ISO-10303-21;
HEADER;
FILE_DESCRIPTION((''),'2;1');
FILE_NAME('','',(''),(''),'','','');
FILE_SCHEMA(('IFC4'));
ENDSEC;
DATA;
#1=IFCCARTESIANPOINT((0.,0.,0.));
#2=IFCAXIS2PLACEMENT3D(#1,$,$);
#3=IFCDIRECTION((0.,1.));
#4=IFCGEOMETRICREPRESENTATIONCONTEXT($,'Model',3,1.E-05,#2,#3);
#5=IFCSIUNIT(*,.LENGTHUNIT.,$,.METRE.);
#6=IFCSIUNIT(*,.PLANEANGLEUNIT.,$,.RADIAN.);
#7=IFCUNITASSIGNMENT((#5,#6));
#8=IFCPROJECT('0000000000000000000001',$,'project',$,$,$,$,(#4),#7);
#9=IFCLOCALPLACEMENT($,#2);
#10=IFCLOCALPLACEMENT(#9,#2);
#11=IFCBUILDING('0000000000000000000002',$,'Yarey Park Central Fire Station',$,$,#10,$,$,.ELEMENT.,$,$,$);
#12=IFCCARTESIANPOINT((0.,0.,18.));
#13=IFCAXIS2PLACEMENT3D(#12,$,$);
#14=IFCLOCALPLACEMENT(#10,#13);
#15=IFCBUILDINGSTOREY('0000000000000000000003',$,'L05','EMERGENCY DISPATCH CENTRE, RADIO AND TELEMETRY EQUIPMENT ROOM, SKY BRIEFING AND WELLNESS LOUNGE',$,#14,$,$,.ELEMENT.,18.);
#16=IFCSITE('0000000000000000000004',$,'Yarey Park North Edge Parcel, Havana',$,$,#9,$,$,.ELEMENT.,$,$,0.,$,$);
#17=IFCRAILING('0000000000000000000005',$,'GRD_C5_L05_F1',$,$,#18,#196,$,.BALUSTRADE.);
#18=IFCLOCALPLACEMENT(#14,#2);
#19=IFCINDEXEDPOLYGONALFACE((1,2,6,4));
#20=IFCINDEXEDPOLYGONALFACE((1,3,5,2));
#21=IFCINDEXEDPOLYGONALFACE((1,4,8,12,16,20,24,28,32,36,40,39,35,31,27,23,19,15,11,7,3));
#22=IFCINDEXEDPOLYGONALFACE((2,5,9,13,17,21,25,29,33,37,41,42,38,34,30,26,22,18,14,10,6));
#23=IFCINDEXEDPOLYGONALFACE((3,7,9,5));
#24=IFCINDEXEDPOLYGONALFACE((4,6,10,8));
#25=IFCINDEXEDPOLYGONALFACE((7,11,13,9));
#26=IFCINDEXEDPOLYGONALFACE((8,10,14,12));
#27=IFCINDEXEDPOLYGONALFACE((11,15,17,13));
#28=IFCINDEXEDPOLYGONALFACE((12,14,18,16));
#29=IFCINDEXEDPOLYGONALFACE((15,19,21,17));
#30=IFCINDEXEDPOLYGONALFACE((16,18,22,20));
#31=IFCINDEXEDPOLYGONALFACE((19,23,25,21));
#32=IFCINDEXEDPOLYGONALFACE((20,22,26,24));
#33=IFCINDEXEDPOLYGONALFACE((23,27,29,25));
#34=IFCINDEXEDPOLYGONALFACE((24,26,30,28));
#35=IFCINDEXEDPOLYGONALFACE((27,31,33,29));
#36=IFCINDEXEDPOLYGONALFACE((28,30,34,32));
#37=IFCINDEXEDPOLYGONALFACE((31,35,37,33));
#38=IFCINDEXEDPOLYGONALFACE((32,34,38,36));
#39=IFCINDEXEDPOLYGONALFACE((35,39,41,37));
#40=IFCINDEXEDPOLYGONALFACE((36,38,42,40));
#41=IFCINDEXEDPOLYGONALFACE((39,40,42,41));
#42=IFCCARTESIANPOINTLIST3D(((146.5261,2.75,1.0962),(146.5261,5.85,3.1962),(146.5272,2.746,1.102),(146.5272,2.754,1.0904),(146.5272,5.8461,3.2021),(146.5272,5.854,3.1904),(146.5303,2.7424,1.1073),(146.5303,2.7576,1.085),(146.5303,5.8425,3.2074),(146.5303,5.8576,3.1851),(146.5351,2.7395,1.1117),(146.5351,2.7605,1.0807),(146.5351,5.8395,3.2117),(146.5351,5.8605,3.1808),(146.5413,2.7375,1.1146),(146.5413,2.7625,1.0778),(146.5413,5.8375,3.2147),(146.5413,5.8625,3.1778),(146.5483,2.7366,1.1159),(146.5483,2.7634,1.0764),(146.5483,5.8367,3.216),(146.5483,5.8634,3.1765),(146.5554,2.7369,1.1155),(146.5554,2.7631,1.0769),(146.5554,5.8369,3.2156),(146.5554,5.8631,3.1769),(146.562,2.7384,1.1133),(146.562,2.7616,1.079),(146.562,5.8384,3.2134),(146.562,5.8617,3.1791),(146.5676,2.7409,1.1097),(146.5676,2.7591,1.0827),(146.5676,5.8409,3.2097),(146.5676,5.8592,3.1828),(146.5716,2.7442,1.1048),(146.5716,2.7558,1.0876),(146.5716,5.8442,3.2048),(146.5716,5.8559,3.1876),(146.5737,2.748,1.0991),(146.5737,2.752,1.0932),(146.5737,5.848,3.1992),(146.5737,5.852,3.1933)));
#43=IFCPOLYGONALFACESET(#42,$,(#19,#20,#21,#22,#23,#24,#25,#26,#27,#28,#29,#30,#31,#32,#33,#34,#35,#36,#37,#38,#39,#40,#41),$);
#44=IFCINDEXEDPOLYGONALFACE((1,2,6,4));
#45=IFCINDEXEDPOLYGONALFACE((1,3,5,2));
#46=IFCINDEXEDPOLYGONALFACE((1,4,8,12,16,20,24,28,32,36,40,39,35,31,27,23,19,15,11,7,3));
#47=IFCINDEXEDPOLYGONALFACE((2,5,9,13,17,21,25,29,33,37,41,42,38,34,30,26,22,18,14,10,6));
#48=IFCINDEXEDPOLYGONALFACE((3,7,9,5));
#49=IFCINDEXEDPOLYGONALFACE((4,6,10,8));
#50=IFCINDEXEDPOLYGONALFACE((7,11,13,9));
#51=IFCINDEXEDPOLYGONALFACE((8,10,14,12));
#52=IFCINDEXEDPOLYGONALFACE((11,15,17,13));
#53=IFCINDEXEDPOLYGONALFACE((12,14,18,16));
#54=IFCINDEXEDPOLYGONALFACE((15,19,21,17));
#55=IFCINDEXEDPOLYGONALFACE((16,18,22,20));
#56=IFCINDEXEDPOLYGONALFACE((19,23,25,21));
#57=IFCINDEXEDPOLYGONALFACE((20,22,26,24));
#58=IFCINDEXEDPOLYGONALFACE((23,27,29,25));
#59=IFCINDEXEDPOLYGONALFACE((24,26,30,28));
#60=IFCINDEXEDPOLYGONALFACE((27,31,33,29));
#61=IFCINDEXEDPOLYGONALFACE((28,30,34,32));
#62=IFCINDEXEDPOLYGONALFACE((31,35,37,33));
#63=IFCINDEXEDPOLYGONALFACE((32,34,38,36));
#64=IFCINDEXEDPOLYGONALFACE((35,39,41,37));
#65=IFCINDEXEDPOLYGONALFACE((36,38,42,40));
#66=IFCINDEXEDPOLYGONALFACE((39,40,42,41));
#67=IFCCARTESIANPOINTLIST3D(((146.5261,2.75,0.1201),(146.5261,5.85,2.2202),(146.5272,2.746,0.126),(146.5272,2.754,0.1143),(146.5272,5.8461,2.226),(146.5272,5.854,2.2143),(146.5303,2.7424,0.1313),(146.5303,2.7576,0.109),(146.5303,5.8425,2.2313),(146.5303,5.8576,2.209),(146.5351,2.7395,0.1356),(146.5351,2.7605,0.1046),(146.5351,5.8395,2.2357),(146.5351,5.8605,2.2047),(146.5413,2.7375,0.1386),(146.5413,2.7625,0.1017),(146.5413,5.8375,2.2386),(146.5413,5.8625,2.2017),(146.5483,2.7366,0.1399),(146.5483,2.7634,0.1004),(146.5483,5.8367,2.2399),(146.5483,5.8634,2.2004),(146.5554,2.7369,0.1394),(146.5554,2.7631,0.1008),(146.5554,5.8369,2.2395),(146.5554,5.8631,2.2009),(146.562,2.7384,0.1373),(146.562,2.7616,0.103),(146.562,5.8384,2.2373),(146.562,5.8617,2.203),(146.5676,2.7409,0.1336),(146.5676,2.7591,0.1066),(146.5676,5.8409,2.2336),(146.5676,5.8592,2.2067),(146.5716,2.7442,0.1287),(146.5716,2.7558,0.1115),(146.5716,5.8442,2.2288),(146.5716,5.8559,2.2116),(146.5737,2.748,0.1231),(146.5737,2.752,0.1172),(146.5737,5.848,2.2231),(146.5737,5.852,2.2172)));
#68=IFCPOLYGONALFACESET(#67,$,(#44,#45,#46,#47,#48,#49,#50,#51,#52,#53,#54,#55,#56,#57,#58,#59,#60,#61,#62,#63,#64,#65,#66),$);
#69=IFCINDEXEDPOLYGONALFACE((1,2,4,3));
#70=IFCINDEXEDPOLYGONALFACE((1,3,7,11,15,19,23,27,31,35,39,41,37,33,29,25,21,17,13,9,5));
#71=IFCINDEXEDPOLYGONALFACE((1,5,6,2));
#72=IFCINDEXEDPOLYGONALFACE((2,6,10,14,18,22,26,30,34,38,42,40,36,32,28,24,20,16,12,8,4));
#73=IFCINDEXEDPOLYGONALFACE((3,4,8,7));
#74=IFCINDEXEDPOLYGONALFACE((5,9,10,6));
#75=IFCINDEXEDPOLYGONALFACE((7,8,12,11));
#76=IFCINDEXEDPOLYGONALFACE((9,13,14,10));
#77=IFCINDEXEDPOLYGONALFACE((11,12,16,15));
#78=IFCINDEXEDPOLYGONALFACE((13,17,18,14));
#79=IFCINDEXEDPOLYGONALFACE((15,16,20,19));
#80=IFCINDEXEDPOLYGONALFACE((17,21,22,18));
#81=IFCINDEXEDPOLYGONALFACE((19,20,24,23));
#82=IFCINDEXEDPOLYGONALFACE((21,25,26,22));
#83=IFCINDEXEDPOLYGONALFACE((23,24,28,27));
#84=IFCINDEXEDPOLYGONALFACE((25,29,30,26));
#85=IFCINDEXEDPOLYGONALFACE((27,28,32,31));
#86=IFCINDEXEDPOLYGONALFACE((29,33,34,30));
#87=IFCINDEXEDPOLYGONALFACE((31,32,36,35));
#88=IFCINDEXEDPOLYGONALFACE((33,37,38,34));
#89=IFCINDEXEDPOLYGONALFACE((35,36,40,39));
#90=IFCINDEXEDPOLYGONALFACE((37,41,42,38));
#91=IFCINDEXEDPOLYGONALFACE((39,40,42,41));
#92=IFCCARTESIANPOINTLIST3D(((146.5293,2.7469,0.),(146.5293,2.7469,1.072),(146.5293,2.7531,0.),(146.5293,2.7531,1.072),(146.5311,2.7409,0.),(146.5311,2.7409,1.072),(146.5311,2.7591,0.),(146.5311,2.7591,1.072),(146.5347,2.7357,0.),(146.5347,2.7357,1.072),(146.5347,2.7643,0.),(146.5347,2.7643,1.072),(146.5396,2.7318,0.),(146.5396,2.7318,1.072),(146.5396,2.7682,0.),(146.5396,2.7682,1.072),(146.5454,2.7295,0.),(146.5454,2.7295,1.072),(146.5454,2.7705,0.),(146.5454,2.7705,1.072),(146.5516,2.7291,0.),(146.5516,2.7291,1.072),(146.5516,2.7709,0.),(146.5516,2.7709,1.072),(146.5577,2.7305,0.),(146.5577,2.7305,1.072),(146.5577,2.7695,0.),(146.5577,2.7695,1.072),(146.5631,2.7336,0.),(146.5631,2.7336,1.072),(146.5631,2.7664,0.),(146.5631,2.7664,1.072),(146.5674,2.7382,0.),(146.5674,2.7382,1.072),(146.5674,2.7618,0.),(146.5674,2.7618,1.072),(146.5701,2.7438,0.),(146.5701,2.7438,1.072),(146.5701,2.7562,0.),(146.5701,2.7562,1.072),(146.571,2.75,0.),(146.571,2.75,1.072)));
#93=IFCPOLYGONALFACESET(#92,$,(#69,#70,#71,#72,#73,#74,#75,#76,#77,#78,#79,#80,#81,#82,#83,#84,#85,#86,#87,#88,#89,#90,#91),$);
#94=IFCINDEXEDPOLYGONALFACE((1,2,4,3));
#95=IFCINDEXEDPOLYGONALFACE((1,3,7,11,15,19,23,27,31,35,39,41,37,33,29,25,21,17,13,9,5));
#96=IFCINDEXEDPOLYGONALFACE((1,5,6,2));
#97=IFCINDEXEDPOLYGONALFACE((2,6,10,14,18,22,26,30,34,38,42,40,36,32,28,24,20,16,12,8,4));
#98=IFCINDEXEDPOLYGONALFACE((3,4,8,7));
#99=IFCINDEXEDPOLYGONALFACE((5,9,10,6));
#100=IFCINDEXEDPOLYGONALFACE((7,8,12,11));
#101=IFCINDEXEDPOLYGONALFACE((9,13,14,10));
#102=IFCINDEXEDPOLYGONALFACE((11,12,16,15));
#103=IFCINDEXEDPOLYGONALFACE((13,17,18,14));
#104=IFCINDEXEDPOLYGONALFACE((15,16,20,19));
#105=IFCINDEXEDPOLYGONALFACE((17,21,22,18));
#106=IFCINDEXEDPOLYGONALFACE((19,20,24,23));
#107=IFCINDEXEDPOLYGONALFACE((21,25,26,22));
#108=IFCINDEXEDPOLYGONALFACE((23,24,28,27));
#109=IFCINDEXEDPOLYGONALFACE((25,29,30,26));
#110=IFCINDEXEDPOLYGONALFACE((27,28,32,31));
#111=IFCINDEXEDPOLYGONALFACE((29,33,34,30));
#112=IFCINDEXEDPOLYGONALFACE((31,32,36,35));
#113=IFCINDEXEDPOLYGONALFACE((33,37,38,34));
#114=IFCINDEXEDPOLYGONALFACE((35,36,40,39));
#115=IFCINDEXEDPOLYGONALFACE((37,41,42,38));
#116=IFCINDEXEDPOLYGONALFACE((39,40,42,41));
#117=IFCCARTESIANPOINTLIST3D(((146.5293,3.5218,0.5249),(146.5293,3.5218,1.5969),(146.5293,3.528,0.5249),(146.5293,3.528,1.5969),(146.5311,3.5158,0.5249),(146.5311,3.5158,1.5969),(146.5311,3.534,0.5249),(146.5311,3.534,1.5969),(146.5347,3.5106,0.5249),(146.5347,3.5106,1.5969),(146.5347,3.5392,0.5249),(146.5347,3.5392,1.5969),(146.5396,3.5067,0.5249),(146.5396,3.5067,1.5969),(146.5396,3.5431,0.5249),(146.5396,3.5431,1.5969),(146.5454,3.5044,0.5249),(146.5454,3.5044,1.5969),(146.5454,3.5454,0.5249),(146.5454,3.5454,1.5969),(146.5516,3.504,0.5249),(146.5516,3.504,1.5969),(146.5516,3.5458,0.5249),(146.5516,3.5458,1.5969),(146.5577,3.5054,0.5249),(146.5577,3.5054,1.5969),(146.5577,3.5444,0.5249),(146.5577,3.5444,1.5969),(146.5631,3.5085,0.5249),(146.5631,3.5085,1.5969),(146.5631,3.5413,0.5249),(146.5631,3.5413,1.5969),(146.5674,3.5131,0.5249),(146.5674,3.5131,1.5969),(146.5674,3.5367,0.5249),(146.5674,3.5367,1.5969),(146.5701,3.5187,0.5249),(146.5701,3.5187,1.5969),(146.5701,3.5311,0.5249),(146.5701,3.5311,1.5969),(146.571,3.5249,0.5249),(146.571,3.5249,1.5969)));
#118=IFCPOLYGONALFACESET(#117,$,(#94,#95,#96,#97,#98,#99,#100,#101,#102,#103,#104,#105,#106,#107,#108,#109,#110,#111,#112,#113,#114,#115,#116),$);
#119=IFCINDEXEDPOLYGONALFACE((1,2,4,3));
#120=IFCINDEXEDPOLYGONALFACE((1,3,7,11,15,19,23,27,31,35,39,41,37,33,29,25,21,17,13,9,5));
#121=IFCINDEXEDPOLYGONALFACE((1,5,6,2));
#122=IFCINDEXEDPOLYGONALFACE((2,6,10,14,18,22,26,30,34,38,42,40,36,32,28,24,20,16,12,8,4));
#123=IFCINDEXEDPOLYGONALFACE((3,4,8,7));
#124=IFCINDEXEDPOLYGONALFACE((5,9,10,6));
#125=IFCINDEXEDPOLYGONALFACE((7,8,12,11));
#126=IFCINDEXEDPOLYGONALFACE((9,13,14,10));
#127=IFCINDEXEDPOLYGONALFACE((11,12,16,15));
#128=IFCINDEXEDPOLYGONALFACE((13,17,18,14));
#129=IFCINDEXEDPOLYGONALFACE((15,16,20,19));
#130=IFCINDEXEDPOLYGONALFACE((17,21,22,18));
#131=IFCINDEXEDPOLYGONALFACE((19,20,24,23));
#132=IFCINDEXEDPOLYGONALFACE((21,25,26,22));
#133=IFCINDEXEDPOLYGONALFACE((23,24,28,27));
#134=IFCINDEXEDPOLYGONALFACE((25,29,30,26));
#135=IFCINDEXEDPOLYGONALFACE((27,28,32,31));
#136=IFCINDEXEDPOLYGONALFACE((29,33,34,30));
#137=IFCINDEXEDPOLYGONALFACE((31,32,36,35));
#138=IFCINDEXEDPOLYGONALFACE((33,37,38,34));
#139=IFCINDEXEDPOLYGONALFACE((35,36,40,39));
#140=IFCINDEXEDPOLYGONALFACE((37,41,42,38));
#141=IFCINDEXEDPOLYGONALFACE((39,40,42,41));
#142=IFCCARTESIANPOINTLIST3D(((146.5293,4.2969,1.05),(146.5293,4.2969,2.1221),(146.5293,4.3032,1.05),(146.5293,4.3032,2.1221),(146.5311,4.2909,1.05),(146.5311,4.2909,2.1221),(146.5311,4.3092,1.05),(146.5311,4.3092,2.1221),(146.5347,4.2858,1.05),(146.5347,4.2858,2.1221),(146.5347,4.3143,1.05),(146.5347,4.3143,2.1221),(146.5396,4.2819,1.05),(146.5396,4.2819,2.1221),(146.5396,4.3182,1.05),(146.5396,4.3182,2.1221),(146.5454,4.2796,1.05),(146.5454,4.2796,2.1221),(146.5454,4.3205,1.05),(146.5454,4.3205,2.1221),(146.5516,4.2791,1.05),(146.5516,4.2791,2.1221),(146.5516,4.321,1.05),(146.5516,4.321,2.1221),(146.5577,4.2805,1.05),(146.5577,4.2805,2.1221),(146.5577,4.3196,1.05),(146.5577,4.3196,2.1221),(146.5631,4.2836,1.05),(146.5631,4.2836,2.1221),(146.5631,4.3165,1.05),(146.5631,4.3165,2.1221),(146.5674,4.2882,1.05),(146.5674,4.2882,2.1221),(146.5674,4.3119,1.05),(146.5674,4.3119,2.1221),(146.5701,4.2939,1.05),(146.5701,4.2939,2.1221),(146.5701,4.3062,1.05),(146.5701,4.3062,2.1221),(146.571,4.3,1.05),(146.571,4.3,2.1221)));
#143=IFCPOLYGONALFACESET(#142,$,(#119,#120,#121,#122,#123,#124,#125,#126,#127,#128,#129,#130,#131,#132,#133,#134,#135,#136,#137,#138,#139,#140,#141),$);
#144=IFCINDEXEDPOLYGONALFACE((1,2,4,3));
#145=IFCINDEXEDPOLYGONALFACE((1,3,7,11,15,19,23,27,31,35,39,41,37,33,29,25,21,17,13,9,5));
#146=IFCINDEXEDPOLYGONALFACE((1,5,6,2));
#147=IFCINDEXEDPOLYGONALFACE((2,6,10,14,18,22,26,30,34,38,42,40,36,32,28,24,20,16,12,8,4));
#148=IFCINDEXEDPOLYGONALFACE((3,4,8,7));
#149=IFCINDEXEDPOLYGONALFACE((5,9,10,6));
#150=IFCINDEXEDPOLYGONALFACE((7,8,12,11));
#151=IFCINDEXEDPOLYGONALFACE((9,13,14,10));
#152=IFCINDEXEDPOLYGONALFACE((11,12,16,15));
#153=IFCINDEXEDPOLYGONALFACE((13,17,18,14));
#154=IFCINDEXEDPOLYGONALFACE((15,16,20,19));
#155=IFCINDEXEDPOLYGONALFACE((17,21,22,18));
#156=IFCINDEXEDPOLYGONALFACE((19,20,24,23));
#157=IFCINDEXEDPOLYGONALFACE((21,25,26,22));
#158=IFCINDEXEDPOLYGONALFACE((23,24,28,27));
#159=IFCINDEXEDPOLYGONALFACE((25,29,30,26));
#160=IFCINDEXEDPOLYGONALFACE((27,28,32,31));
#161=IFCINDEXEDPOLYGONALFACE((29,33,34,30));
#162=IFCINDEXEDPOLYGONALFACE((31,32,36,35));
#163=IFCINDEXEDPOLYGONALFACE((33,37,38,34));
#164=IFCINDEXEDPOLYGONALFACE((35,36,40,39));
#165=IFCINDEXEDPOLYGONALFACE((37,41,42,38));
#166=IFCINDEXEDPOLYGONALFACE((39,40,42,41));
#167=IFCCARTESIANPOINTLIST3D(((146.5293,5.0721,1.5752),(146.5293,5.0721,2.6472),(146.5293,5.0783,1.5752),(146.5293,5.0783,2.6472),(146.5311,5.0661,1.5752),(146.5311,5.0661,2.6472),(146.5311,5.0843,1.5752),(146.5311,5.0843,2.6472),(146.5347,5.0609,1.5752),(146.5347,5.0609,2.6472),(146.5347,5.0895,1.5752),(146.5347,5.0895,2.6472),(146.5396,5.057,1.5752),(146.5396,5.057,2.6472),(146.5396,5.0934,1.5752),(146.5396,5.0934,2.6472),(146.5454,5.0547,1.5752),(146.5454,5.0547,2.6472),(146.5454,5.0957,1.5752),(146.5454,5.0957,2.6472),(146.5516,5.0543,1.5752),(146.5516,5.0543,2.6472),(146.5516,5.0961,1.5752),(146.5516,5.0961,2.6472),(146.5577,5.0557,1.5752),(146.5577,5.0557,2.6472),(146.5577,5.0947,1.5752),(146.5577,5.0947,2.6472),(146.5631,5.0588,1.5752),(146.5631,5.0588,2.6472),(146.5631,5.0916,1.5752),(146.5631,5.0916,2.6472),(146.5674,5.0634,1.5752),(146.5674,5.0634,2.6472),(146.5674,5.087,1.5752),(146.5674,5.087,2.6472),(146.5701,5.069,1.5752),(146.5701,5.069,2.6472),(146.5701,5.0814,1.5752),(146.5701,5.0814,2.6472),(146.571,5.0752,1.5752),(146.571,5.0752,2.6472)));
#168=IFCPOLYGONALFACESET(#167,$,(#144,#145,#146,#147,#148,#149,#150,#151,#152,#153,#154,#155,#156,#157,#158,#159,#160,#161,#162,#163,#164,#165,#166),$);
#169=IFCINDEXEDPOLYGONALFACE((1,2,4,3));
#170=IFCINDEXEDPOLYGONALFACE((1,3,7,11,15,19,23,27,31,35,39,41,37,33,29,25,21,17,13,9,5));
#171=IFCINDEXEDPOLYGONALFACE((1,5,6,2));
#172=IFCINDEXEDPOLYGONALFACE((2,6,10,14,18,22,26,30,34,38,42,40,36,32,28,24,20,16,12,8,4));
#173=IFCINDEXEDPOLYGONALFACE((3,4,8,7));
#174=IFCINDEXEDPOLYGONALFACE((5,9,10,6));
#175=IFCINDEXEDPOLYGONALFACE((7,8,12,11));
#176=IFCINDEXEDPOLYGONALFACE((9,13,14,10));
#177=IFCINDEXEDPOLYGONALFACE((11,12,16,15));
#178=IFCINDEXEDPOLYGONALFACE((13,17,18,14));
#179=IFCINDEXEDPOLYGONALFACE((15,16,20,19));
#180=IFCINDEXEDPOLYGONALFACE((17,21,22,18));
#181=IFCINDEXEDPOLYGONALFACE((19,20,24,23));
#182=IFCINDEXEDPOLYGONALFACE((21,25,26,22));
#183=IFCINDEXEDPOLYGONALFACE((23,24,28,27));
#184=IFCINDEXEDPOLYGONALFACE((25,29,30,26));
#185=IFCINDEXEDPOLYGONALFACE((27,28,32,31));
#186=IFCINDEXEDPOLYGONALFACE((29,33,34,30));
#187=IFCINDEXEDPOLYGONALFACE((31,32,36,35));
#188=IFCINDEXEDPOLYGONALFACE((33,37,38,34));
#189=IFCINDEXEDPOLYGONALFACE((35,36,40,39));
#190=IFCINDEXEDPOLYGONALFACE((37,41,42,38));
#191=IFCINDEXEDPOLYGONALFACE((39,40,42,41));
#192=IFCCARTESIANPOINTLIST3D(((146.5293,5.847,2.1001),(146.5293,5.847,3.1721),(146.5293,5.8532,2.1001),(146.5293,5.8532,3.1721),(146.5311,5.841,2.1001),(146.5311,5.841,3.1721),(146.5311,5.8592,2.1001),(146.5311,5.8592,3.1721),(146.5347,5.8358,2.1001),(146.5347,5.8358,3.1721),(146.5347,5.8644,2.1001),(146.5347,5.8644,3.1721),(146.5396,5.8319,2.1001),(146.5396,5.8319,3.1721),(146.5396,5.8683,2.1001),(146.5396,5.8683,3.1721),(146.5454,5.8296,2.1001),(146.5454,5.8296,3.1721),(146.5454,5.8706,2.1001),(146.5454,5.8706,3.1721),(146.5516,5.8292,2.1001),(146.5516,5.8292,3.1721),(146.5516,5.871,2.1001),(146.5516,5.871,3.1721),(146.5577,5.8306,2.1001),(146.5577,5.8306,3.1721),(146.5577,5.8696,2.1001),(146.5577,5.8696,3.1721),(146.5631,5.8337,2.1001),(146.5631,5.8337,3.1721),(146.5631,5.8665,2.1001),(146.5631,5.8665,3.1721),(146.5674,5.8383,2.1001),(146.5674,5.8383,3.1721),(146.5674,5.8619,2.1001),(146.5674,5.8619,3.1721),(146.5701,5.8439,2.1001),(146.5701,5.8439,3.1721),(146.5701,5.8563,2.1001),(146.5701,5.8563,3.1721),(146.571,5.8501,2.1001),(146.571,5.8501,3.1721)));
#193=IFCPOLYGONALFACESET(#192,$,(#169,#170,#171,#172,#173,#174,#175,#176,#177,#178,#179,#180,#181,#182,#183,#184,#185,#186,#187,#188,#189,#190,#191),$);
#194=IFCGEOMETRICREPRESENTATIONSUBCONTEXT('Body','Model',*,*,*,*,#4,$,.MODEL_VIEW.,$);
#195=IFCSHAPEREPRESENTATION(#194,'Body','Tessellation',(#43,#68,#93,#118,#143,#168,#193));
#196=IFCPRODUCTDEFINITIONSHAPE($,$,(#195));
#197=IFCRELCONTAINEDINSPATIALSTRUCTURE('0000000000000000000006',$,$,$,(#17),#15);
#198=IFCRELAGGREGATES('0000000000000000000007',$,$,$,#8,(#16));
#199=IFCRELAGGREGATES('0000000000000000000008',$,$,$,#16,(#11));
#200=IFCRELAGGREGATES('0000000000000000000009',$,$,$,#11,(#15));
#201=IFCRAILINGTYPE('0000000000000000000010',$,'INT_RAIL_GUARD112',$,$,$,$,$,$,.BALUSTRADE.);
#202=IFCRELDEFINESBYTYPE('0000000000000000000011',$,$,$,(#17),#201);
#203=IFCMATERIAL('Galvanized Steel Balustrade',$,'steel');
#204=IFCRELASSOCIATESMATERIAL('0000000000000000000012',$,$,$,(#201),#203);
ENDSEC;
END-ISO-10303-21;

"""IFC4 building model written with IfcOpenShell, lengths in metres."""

from ifc_helpers import new_model, si_unit, direction, frame, origin, origin_2d, place, context, subcontext, project, spatial, circle, extrude, material, type_object, element, save


model = new_model("IFC4")

# Units and contexts
model_context = context("Model", 3, precision=1e-05, world=origin(), true_north=direction((0.0, 1.0)))
body_context = subcontext(model_context, "Body", "Model", "MODEL_VIEW")
ifc_project = project(units=[si_unit("LENGTHUNIT", "METRE"), si_unit("PLANEANGLEUNIT", "RADIAN")], contexts=[model_context])

# Site, building, storey
site_placement = place(None, origin())
site = spatial("IfcSite", under=ifc_project, at=site_placement, Name="Yarey Park North Edge Parcel, Havana", CompositionType="ELEMENT", RefElevation=0.0)
building_placement = place(site_placement, origin())
building = spatial("IfcBuilding", under=site, at=building_placement, Name="Yarey Park Central Fire Station", CompositionType="ELEMENT")
storey_placement = place(building_placement, frame((0.0, 0.0, 18.0)))
storey = spatial("IfcBuildingStorey", under=building, at=storey_placement, Name="L05", Description="EMERGENCY DISPATCH CENTRE, RADIO AND TELEMETRY EQUIPMENT ROOM, SKY BRIEFING AND WELLNESS LOUNGE", CompositionType="ELEMENT", Elevation=18.0)

# Railing
ifc_material_1 = material(Name="Galvanized Steel Balustrade", Category="steel")
railing_type_1 = type_object("IfcRailingType", Name="INT_RAIL_GUARD112", PredefinedType="BALUSTRADE", material=ifc_material_1)
railing_1_placement = place(storey_placement, frame((146.55, 2.75, 0.0)))
element("IfcRailing", 1, at=railing_1_placement, inside=storey, type_object=railing_type_1, Name="GRD_C5_L05_F1", PredefinedType="BALUSTRADE", context=body_context, shape_type="SweptSolid", body=[
    extrude(circle(Radius=0.0239, at=origin_2d()), frame((0.0, 0.0, 1.0962), z_axis=(0.0, 0.827915, 0.560854), x_axis=(-1.0, 0.0, 0.0)), (0.0, 0.0, 1.0), 3.7444),
    extrude(circle(Radius=0.0239, at=origin_2d()), frame((0.0, 0.0, 0.1201), z_axis=(0.0, 0.827915, 0.560854), x_axis=(-1.0, 0.0, 0.0)), (0.0, 0.0, 1.0), 3.7444),
    extrude(circle(Radius=0.021, at=origin_2d()), origin(), (0.0, 0.0, 1.0), 1.072),
    extrude(circle(Radius=0.021, at=origin_2d()), frame((0.0, 0.7749, 0.5249)), (0.0, 0.0, 1.0), 1.072),
    extrude(circle(Radius=0.021, at=origin_2d()), frame((0.0, 1.55, 1.05)), (0.0, 0.0, 1.0), 1.072),
    extrude(circle(Radius=0.021, at=origin_2d()), frame((0.0, 2.3252, 1.5752)), (0.0, 0.0, 1.0), 1.072),
    extrude(circle(Radius=0.021, at=origin_2d()), frame((0.0, 3.1001, 2.1001)), (0.0, 0.0, 1.0), 1.072),
])

save(model, "model.ifc")
